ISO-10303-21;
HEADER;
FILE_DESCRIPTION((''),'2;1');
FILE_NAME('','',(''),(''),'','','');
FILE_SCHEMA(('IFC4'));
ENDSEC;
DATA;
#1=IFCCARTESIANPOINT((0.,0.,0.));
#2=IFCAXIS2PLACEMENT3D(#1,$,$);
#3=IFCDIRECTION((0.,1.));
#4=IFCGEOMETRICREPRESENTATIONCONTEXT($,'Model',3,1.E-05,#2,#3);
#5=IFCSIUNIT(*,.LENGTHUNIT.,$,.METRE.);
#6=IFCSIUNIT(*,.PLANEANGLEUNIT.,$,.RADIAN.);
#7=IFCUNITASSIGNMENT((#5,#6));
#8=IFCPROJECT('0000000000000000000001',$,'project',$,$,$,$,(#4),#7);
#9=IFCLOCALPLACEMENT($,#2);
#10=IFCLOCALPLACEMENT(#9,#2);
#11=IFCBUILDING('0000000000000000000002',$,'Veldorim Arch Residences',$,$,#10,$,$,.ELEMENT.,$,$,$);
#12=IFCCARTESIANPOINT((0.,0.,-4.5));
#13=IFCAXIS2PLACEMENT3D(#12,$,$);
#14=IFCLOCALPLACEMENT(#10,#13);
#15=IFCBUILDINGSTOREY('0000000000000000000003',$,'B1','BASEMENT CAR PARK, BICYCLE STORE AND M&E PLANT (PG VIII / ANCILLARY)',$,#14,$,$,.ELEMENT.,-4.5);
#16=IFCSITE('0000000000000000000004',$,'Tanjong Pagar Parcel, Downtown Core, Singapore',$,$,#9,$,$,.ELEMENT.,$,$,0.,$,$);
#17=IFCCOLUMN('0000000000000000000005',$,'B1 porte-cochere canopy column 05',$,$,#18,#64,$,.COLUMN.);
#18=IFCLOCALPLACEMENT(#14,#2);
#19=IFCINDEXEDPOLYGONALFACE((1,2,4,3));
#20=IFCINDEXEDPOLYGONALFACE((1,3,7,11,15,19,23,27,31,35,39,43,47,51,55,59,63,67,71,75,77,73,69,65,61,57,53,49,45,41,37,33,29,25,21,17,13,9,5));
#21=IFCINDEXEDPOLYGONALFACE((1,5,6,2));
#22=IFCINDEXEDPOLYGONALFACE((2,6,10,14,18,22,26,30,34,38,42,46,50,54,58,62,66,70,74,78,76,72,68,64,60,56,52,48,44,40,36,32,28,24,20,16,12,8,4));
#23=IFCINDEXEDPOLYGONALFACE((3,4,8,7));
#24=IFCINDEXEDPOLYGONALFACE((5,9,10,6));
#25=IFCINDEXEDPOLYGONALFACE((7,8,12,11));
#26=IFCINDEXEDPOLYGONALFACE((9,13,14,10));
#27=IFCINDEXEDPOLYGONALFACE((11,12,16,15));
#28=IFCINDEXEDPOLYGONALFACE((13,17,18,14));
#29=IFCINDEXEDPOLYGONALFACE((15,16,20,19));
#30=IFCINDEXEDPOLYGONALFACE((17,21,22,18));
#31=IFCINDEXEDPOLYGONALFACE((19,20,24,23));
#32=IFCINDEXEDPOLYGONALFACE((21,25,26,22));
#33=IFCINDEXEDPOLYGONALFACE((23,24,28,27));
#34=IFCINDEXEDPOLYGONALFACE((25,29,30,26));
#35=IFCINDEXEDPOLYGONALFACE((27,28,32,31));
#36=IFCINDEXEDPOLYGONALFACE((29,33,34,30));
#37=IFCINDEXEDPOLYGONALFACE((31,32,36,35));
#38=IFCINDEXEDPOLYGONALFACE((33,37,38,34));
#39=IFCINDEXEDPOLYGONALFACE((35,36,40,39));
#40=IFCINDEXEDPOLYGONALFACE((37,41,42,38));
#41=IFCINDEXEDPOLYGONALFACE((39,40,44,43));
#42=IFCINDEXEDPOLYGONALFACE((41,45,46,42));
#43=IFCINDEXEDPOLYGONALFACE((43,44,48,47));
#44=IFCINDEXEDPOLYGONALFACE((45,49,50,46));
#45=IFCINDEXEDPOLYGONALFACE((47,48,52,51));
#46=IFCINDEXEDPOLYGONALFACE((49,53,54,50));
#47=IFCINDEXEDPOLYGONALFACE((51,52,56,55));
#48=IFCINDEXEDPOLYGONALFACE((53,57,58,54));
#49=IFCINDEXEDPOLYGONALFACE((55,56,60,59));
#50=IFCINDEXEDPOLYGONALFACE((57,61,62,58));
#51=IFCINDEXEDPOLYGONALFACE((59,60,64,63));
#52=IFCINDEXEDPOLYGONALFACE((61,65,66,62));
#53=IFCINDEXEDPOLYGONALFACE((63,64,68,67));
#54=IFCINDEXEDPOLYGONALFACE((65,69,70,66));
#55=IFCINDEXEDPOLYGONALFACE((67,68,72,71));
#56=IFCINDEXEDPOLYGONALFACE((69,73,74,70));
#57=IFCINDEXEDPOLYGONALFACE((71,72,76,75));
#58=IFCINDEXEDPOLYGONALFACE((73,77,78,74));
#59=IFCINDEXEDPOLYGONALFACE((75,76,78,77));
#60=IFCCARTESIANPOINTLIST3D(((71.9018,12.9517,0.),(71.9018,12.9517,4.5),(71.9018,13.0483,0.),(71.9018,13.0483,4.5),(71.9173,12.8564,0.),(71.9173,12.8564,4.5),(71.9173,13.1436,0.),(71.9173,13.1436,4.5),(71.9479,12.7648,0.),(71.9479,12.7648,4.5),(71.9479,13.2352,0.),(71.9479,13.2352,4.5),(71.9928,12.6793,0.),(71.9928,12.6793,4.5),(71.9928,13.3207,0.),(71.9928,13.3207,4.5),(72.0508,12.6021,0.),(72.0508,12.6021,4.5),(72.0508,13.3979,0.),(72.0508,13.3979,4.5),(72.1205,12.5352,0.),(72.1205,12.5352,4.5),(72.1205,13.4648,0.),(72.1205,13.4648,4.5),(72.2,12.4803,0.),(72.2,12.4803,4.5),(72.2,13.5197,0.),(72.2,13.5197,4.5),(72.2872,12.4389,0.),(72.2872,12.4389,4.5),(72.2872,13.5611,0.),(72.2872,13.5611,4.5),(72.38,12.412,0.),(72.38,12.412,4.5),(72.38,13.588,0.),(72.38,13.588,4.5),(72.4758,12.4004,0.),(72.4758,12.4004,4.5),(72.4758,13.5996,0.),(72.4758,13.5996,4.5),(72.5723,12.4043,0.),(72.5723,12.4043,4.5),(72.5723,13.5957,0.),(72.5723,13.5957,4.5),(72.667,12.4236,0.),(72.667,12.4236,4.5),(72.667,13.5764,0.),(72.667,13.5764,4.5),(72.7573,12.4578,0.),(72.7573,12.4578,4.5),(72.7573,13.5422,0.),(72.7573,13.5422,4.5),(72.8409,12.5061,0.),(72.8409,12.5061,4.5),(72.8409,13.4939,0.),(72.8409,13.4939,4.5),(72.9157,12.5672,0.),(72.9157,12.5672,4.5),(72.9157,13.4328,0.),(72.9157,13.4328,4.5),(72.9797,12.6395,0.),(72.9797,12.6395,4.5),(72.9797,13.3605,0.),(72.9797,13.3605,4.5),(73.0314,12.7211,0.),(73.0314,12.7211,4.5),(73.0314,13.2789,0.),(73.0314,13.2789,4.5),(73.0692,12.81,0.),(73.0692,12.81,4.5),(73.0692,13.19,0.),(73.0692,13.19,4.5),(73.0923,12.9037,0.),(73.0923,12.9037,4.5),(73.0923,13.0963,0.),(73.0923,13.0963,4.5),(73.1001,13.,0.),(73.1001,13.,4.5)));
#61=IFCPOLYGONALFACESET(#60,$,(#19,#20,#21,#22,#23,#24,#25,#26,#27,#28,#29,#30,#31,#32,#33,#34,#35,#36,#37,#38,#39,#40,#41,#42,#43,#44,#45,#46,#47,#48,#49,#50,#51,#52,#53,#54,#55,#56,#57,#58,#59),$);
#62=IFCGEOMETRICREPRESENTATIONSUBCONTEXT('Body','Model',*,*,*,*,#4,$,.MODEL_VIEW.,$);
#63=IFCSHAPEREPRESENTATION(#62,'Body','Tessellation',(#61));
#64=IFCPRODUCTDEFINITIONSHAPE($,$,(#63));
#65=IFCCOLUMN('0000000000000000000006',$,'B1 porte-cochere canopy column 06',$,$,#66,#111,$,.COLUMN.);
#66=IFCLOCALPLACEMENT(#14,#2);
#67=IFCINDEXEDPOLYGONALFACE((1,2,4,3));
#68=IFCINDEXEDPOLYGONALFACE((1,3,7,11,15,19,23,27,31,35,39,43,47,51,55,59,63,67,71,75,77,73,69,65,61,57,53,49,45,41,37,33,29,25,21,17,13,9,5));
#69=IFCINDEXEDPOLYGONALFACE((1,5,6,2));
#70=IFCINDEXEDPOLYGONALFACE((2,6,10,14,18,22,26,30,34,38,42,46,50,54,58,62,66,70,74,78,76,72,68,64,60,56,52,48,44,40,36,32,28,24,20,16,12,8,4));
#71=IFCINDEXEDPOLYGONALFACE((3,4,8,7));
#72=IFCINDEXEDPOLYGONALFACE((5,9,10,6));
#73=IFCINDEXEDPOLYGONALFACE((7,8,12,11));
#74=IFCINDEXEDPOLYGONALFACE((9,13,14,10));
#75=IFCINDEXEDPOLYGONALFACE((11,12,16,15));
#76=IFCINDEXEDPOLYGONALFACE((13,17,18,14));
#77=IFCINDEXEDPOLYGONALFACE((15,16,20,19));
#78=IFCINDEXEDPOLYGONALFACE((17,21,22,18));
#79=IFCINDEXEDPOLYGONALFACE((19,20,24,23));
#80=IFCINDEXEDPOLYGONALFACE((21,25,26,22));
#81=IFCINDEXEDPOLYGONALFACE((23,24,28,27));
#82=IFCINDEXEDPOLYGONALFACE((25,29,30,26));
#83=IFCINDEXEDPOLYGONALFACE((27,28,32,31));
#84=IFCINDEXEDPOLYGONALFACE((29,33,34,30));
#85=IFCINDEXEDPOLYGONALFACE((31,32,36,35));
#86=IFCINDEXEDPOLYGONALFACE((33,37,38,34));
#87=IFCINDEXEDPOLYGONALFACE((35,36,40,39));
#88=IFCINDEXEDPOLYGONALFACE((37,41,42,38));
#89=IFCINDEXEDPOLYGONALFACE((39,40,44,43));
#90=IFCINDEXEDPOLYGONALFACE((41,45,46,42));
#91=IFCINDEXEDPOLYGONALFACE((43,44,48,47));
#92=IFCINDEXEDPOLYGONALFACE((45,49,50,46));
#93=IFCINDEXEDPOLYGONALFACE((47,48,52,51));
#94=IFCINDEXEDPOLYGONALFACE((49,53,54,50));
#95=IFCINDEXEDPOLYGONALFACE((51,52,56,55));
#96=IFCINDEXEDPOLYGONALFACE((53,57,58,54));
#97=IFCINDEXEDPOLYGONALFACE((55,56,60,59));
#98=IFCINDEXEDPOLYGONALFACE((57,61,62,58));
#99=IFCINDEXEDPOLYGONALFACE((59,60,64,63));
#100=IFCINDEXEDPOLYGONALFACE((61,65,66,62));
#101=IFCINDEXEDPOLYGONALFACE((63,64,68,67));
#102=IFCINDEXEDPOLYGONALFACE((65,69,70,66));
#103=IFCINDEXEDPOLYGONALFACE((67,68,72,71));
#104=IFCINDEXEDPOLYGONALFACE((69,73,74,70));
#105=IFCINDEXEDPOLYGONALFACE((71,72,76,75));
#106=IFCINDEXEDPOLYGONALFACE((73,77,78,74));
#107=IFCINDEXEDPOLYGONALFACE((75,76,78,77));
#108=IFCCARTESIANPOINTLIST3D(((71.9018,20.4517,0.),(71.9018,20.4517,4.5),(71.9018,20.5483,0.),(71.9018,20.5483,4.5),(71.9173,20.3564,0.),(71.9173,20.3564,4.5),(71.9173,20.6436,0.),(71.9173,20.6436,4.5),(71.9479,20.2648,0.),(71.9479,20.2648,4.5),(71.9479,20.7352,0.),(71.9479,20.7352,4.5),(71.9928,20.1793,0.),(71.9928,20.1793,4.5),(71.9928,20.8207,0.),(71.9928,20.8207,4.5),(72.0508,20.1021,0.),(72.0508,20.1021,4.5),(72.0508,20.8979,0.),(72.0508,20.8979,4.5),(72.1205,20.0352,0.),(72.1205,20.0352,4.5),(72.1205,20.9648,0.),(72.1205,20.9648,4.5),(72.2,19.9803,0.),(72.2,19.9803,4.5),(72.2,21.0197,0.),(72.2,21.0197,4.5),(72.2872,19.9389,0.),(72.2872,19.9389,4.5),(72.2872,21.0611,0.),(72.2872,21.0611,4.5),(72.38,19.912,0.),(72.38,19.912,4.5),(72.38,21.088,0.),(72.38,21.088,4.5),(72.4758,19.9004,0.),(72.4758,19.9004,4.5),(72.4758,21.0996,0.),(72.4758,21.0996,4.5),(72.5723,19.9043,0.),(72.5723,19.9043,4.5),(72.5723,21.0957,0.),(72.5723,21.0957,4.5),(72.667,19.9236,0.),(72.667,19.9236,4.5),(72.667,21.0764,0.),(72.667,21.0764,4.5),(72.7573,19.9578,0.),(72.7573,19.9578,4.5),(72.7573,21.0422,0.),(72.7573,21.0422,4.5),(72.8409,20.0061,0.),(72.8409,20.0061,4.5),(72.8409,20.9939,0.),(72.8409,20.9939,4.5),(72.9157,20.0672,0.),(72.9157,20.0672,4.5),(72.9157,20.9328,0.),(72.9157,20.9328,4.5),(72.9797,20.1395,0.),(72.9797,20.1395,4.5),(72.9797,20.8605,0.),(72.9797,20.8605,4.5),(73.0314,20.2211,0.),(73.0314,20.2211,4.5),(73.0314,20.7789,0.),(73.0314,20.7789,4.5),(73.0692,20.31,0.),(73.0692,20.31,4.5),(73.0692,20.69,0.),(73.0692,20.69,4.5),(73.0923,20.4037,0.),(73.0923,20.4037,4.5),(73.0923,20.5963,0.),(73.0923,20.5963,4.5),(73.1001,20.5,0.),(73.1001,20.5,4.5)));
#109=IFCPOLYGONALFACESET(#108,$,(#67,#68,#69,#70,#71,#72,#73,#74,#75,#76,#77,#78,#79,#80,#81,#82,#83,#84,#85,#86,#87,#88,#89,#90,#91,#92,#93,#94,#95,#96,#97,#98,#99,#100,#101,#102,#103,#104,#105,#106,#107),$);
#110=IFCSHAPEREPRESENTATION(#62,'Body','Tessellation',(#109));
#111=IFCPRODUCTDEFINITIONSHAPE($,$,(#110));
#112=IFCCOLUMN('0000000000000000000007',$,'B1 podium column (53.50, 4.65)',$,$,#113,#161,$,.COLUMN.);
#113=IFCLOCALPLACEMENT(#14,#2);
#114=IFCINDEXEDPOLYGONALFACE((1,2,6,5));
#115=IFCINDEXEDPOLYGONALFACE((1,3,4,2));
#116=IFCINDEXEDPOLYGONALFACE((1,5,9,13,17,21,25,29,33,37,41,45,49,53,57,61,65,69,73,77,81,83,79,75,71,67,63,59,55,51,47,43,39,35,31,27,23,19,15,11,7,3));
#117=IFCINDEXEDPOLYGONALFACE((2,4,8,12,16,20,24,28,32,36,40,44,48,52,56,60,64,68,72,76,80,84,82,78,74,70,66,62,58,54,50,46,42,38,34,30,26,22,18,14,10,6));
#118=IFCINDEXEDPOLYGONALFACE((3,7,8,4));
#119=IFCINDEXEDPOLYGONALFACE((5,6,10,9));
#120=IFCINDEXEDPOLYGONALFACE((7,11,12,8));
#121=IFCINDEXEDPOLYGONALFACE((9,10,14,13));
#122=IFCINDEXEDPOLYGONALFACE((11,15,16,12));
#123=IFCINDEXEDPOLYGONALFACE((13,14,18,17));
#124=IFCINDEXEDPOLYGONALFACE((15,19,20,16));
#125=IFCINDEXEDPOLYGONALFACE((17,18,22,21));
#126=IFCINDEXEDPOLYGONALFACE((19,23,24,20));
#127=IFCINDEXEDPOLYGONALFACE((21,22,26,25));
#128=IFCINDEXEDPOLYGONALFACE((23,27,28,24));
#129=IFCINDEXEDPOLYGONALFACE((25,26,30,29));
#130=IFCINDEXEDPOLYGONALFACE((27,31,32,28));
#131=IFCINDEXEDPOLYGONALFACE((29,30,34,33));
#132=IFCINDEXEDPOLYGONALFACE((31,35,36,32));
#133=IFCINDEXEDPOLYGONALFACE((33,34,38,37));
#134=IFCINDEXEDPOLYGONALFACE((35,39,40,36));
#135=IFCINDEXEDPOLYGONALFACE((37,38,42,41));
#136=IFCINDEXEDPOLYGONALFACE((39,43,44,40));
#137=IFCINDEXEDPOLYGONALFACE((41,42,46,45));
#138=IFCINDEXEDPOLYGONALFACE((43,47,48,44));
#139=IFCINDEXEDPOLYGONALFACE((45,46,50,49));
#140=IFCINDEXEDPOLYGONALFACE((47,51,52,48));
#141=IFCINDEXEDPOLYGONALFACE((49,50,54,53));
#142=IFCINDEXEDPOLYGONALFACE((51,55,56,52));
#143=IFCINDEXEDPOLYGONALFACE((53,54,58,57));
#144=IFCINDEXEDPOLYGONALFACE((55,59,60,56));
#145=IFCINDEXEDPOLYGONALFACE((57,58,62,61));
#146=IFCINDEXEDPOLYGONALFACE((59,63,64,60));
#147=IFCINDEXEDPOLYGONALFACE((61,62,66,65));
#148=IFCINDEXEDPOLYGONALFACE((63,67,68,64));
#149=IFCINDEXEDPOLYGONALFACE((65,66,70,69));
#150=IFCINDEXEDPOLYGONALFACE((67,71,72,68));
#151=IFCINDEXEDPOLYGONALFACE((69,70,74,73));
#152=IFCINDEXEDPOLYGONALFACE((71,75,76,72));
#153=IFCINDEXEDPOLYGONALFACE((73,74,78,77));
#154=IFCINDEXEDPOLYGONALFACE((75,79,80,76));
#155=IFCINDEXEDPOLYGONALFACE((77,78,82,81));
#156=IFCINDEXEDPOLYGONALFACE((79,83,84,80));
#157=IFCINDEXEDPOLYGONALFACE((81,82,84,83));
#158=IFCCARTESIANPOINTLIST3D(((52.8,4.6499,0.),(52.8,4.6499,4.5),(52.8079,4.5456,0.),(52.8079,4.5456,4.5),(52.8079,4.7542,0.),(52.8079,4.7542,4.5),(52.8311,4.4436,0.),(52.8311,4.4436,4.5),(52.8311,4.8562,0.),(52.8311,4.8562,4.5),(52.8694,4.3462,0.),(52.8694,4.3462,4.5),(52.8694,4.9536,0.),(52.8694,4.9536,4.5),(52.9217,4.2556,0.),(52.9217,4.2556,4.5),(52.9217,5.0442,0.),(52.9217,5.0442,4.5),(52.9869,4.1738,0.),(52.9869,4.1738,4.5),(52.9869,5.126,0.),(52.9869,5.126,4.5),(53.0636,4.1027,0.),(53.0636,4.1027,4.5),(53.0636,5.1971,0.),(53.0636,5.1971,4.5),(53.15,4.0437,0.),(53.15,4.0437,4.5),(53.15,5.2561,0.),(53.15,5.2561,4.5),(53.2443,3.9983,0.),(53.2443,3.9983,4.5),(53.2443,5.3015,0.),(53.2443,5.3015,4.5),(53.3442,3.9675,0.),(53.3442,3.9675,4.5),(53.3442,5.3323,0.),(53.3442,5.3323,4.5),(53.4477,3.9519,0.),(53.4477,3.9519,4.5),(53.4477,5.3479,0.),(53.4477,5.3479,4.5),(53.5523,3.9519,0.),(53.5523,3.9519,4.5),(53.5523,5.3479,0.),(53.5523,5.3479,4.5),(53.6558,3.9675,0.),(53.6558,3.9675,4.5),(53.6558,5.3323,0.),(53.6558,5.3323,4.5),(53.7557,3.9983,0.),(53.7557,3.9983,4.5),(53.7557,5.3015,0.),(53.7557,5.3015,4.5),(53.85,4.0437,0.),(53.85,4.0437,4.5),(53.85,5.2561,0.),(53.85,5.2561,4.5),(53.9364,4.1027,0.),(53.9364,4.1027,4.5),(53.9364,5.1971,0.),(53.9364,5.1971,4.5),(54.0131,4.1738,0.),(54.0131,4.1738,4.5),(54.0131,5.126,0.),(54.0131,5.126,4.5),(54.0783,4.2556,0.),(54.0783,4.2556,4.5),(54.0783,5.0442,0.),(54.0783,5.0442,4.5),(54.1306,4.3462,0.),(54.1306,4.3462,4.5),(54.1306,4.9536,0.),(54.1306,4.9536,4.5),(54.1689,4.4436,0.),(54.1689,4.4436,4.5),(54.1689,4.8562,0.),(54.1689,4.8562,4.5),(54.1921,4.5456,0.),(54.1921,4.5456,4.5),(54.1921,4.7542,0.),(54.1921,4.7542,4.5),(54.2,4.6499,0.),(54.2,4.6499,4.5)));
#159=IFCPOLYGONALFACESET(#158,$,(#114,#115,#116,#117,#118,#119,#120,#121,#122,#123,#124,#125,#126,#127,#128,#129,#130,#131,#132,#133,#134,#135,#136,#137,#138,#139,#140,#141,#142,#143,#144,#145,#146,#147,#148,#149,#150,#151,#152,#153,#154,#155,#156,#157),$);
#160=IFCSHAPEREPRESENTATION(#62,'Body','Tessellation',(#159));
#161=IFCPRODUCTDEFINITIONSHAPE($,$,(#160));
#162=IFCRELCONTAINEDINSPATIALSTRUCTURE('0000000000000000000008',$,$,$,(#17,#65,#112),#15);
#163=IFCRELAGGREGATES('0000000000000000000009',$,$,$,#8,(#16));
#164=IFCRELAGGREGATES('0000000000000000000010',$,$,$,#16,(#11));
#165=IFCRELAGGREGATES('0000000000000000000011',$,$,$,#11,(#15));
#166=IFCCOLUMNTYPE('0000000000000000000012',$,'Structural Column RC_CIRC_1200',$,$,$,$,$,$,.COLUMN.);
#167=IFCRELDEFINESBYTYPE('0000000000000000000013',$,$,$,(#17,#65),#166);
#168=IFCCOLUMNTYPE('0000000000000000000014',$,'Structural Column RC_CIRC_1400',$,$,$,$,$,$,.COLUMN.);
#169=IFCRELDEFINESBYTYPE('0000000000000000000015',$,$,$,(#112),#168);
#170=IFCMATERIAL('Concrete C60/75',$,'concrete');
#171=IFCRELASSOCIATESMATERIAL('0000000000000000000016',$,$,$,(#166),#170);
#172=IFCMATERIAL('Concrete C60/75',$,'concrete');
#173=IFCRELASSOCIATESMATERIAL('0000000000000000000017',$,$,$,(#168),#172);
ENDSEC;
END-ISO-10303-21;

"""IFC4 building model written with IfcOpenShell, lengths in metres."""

from ifc_helpers import new_model, si_unit, direction, frame, origin, origin_2d, place, context, subcontext, project, spatial, circle, extrude, material, material_profile, profile_set, type_object, element, save


model = new_model("IFC4")

# Units and contexts
model_context = context("Model", 3, precision=1e-05, world=origin(), true_north=direction((0.0, 1.0)))
body_context = subcontext(model_context, "Body", "Model", "MODEL_VIEW")
ifc_project = project(units=[si_unit("LENGTHUNIT", "METRE"), si_unit("PLANEANGLEUNIT", "RADIAN")], contexts=[model_context])

# Site, building, storey
site_placement = place(None, origin())
site = spatial("IfcSite", under=ifc_project, at=site_placement, Name="Tanjong Pagar Parcel, Downtown Core, Singapore", CompositionType="ELEMENT", RefElevation=0.0)
building_placement = place(site_placement, origin())
building = spatial("IfcBuilding", under=site, at=building_placement, Name="Veldorim Arch Residences", CompositionType="ELEMENT")
storey_placement = place(building_placement, frame((0.0, 0.0, -4.5)))
storey = spatial("IfcBuildingStorey", under=building, at=storey_placement, Name="B1", Description="BASEMENT CAR PARK, BICYCLE STORE AND M&E PLANT (PG VIII / ANCILLARY)", CompositionType="ELEMENT", Elevation=-4.5)

# Columns
ifc_material_1 = material(Name="Concrete C60/75", Category="concrete")
ifc_material_profile_1 = material_profile(ifc_material_1, circle(Radius=0.6001, at=origin_2d()), Name="RC_CIRC_1200")
ifc_profile_set_1 = profile_set([ifc_material_profile_1], Name="Concrete C60/75")
column_type_1 = type_object("IfcColumnType", Name="Structural Column RC_CIRC_1200", PredefinedType="COLUMN", material=ifc_profile_set_1)
for number, where, z_axis, x_axis, name in (
    (1, (72.5, 13.0, 0.0), (0.0, 0.0, 1.0), (1.0, 0.0, 0.0), "B1 porte-cochere canopy column 05"),
    (2, (72.5, 20.5, 0.0), (0.0, 0.0, 1.0), (1.0, 0.0, 0.0), "B1 porte-cochere canopy column 06"),
):
    element("IfcColumn", number, at=place(storey_placement, frame(where, z_axis=z_axis, x_axis=x_axis)), inside=storey, type_object=column_type_1, Name=name, PredefinedType="COLUMN", context=body_context, shape_type="SweptSolid", body=[
        extrude(circle(Radius=0.6001, at=origin_2d()), origin(), (0.0, 0.0, 1.0), 4.5),
    ])
ifc_material_2 = material(Name="Concrete C60/75", Category="concrete")
ifc_material_profile_2 = material_profile(ifc_material_2, circle(Radius=0.7, at=origin_2d()), Name="RC_CIRC_1400")
ifc_profile_set_2 = profile_set([ifc_material_profile_2], Name="Concrete C60/75")
column_type_2 = type_object("IfcColumnType", Name="Structural Column RC_CIRC_1400", PredefinedType="COLUMN", material=ifc_profile_set_2)
for number, where, z_axis, x_axis, name in (
    (3, (53.5, 4.6499, 0.0), (0.0, 0.0, 1.0), (1.0, 0.0, 0.0), "B1 podium column (53.50, 4.65)"),
):
    element("IfcColumn", number, at=place(storey_placement, frame(where, z_axis=z_axis, x_axis=x_axis)), inside=storey, type_object=column_type_2, Name=name, PredefinedType="COLUMN", context=body_context, shape_type="SweptSolid", body=[
        extrude(circle(Radius=0.7, at=origin_2d()), origin(), (0.0, 0.0, 1.0), 4.5),
    ])

save(model, "model.ifc")
